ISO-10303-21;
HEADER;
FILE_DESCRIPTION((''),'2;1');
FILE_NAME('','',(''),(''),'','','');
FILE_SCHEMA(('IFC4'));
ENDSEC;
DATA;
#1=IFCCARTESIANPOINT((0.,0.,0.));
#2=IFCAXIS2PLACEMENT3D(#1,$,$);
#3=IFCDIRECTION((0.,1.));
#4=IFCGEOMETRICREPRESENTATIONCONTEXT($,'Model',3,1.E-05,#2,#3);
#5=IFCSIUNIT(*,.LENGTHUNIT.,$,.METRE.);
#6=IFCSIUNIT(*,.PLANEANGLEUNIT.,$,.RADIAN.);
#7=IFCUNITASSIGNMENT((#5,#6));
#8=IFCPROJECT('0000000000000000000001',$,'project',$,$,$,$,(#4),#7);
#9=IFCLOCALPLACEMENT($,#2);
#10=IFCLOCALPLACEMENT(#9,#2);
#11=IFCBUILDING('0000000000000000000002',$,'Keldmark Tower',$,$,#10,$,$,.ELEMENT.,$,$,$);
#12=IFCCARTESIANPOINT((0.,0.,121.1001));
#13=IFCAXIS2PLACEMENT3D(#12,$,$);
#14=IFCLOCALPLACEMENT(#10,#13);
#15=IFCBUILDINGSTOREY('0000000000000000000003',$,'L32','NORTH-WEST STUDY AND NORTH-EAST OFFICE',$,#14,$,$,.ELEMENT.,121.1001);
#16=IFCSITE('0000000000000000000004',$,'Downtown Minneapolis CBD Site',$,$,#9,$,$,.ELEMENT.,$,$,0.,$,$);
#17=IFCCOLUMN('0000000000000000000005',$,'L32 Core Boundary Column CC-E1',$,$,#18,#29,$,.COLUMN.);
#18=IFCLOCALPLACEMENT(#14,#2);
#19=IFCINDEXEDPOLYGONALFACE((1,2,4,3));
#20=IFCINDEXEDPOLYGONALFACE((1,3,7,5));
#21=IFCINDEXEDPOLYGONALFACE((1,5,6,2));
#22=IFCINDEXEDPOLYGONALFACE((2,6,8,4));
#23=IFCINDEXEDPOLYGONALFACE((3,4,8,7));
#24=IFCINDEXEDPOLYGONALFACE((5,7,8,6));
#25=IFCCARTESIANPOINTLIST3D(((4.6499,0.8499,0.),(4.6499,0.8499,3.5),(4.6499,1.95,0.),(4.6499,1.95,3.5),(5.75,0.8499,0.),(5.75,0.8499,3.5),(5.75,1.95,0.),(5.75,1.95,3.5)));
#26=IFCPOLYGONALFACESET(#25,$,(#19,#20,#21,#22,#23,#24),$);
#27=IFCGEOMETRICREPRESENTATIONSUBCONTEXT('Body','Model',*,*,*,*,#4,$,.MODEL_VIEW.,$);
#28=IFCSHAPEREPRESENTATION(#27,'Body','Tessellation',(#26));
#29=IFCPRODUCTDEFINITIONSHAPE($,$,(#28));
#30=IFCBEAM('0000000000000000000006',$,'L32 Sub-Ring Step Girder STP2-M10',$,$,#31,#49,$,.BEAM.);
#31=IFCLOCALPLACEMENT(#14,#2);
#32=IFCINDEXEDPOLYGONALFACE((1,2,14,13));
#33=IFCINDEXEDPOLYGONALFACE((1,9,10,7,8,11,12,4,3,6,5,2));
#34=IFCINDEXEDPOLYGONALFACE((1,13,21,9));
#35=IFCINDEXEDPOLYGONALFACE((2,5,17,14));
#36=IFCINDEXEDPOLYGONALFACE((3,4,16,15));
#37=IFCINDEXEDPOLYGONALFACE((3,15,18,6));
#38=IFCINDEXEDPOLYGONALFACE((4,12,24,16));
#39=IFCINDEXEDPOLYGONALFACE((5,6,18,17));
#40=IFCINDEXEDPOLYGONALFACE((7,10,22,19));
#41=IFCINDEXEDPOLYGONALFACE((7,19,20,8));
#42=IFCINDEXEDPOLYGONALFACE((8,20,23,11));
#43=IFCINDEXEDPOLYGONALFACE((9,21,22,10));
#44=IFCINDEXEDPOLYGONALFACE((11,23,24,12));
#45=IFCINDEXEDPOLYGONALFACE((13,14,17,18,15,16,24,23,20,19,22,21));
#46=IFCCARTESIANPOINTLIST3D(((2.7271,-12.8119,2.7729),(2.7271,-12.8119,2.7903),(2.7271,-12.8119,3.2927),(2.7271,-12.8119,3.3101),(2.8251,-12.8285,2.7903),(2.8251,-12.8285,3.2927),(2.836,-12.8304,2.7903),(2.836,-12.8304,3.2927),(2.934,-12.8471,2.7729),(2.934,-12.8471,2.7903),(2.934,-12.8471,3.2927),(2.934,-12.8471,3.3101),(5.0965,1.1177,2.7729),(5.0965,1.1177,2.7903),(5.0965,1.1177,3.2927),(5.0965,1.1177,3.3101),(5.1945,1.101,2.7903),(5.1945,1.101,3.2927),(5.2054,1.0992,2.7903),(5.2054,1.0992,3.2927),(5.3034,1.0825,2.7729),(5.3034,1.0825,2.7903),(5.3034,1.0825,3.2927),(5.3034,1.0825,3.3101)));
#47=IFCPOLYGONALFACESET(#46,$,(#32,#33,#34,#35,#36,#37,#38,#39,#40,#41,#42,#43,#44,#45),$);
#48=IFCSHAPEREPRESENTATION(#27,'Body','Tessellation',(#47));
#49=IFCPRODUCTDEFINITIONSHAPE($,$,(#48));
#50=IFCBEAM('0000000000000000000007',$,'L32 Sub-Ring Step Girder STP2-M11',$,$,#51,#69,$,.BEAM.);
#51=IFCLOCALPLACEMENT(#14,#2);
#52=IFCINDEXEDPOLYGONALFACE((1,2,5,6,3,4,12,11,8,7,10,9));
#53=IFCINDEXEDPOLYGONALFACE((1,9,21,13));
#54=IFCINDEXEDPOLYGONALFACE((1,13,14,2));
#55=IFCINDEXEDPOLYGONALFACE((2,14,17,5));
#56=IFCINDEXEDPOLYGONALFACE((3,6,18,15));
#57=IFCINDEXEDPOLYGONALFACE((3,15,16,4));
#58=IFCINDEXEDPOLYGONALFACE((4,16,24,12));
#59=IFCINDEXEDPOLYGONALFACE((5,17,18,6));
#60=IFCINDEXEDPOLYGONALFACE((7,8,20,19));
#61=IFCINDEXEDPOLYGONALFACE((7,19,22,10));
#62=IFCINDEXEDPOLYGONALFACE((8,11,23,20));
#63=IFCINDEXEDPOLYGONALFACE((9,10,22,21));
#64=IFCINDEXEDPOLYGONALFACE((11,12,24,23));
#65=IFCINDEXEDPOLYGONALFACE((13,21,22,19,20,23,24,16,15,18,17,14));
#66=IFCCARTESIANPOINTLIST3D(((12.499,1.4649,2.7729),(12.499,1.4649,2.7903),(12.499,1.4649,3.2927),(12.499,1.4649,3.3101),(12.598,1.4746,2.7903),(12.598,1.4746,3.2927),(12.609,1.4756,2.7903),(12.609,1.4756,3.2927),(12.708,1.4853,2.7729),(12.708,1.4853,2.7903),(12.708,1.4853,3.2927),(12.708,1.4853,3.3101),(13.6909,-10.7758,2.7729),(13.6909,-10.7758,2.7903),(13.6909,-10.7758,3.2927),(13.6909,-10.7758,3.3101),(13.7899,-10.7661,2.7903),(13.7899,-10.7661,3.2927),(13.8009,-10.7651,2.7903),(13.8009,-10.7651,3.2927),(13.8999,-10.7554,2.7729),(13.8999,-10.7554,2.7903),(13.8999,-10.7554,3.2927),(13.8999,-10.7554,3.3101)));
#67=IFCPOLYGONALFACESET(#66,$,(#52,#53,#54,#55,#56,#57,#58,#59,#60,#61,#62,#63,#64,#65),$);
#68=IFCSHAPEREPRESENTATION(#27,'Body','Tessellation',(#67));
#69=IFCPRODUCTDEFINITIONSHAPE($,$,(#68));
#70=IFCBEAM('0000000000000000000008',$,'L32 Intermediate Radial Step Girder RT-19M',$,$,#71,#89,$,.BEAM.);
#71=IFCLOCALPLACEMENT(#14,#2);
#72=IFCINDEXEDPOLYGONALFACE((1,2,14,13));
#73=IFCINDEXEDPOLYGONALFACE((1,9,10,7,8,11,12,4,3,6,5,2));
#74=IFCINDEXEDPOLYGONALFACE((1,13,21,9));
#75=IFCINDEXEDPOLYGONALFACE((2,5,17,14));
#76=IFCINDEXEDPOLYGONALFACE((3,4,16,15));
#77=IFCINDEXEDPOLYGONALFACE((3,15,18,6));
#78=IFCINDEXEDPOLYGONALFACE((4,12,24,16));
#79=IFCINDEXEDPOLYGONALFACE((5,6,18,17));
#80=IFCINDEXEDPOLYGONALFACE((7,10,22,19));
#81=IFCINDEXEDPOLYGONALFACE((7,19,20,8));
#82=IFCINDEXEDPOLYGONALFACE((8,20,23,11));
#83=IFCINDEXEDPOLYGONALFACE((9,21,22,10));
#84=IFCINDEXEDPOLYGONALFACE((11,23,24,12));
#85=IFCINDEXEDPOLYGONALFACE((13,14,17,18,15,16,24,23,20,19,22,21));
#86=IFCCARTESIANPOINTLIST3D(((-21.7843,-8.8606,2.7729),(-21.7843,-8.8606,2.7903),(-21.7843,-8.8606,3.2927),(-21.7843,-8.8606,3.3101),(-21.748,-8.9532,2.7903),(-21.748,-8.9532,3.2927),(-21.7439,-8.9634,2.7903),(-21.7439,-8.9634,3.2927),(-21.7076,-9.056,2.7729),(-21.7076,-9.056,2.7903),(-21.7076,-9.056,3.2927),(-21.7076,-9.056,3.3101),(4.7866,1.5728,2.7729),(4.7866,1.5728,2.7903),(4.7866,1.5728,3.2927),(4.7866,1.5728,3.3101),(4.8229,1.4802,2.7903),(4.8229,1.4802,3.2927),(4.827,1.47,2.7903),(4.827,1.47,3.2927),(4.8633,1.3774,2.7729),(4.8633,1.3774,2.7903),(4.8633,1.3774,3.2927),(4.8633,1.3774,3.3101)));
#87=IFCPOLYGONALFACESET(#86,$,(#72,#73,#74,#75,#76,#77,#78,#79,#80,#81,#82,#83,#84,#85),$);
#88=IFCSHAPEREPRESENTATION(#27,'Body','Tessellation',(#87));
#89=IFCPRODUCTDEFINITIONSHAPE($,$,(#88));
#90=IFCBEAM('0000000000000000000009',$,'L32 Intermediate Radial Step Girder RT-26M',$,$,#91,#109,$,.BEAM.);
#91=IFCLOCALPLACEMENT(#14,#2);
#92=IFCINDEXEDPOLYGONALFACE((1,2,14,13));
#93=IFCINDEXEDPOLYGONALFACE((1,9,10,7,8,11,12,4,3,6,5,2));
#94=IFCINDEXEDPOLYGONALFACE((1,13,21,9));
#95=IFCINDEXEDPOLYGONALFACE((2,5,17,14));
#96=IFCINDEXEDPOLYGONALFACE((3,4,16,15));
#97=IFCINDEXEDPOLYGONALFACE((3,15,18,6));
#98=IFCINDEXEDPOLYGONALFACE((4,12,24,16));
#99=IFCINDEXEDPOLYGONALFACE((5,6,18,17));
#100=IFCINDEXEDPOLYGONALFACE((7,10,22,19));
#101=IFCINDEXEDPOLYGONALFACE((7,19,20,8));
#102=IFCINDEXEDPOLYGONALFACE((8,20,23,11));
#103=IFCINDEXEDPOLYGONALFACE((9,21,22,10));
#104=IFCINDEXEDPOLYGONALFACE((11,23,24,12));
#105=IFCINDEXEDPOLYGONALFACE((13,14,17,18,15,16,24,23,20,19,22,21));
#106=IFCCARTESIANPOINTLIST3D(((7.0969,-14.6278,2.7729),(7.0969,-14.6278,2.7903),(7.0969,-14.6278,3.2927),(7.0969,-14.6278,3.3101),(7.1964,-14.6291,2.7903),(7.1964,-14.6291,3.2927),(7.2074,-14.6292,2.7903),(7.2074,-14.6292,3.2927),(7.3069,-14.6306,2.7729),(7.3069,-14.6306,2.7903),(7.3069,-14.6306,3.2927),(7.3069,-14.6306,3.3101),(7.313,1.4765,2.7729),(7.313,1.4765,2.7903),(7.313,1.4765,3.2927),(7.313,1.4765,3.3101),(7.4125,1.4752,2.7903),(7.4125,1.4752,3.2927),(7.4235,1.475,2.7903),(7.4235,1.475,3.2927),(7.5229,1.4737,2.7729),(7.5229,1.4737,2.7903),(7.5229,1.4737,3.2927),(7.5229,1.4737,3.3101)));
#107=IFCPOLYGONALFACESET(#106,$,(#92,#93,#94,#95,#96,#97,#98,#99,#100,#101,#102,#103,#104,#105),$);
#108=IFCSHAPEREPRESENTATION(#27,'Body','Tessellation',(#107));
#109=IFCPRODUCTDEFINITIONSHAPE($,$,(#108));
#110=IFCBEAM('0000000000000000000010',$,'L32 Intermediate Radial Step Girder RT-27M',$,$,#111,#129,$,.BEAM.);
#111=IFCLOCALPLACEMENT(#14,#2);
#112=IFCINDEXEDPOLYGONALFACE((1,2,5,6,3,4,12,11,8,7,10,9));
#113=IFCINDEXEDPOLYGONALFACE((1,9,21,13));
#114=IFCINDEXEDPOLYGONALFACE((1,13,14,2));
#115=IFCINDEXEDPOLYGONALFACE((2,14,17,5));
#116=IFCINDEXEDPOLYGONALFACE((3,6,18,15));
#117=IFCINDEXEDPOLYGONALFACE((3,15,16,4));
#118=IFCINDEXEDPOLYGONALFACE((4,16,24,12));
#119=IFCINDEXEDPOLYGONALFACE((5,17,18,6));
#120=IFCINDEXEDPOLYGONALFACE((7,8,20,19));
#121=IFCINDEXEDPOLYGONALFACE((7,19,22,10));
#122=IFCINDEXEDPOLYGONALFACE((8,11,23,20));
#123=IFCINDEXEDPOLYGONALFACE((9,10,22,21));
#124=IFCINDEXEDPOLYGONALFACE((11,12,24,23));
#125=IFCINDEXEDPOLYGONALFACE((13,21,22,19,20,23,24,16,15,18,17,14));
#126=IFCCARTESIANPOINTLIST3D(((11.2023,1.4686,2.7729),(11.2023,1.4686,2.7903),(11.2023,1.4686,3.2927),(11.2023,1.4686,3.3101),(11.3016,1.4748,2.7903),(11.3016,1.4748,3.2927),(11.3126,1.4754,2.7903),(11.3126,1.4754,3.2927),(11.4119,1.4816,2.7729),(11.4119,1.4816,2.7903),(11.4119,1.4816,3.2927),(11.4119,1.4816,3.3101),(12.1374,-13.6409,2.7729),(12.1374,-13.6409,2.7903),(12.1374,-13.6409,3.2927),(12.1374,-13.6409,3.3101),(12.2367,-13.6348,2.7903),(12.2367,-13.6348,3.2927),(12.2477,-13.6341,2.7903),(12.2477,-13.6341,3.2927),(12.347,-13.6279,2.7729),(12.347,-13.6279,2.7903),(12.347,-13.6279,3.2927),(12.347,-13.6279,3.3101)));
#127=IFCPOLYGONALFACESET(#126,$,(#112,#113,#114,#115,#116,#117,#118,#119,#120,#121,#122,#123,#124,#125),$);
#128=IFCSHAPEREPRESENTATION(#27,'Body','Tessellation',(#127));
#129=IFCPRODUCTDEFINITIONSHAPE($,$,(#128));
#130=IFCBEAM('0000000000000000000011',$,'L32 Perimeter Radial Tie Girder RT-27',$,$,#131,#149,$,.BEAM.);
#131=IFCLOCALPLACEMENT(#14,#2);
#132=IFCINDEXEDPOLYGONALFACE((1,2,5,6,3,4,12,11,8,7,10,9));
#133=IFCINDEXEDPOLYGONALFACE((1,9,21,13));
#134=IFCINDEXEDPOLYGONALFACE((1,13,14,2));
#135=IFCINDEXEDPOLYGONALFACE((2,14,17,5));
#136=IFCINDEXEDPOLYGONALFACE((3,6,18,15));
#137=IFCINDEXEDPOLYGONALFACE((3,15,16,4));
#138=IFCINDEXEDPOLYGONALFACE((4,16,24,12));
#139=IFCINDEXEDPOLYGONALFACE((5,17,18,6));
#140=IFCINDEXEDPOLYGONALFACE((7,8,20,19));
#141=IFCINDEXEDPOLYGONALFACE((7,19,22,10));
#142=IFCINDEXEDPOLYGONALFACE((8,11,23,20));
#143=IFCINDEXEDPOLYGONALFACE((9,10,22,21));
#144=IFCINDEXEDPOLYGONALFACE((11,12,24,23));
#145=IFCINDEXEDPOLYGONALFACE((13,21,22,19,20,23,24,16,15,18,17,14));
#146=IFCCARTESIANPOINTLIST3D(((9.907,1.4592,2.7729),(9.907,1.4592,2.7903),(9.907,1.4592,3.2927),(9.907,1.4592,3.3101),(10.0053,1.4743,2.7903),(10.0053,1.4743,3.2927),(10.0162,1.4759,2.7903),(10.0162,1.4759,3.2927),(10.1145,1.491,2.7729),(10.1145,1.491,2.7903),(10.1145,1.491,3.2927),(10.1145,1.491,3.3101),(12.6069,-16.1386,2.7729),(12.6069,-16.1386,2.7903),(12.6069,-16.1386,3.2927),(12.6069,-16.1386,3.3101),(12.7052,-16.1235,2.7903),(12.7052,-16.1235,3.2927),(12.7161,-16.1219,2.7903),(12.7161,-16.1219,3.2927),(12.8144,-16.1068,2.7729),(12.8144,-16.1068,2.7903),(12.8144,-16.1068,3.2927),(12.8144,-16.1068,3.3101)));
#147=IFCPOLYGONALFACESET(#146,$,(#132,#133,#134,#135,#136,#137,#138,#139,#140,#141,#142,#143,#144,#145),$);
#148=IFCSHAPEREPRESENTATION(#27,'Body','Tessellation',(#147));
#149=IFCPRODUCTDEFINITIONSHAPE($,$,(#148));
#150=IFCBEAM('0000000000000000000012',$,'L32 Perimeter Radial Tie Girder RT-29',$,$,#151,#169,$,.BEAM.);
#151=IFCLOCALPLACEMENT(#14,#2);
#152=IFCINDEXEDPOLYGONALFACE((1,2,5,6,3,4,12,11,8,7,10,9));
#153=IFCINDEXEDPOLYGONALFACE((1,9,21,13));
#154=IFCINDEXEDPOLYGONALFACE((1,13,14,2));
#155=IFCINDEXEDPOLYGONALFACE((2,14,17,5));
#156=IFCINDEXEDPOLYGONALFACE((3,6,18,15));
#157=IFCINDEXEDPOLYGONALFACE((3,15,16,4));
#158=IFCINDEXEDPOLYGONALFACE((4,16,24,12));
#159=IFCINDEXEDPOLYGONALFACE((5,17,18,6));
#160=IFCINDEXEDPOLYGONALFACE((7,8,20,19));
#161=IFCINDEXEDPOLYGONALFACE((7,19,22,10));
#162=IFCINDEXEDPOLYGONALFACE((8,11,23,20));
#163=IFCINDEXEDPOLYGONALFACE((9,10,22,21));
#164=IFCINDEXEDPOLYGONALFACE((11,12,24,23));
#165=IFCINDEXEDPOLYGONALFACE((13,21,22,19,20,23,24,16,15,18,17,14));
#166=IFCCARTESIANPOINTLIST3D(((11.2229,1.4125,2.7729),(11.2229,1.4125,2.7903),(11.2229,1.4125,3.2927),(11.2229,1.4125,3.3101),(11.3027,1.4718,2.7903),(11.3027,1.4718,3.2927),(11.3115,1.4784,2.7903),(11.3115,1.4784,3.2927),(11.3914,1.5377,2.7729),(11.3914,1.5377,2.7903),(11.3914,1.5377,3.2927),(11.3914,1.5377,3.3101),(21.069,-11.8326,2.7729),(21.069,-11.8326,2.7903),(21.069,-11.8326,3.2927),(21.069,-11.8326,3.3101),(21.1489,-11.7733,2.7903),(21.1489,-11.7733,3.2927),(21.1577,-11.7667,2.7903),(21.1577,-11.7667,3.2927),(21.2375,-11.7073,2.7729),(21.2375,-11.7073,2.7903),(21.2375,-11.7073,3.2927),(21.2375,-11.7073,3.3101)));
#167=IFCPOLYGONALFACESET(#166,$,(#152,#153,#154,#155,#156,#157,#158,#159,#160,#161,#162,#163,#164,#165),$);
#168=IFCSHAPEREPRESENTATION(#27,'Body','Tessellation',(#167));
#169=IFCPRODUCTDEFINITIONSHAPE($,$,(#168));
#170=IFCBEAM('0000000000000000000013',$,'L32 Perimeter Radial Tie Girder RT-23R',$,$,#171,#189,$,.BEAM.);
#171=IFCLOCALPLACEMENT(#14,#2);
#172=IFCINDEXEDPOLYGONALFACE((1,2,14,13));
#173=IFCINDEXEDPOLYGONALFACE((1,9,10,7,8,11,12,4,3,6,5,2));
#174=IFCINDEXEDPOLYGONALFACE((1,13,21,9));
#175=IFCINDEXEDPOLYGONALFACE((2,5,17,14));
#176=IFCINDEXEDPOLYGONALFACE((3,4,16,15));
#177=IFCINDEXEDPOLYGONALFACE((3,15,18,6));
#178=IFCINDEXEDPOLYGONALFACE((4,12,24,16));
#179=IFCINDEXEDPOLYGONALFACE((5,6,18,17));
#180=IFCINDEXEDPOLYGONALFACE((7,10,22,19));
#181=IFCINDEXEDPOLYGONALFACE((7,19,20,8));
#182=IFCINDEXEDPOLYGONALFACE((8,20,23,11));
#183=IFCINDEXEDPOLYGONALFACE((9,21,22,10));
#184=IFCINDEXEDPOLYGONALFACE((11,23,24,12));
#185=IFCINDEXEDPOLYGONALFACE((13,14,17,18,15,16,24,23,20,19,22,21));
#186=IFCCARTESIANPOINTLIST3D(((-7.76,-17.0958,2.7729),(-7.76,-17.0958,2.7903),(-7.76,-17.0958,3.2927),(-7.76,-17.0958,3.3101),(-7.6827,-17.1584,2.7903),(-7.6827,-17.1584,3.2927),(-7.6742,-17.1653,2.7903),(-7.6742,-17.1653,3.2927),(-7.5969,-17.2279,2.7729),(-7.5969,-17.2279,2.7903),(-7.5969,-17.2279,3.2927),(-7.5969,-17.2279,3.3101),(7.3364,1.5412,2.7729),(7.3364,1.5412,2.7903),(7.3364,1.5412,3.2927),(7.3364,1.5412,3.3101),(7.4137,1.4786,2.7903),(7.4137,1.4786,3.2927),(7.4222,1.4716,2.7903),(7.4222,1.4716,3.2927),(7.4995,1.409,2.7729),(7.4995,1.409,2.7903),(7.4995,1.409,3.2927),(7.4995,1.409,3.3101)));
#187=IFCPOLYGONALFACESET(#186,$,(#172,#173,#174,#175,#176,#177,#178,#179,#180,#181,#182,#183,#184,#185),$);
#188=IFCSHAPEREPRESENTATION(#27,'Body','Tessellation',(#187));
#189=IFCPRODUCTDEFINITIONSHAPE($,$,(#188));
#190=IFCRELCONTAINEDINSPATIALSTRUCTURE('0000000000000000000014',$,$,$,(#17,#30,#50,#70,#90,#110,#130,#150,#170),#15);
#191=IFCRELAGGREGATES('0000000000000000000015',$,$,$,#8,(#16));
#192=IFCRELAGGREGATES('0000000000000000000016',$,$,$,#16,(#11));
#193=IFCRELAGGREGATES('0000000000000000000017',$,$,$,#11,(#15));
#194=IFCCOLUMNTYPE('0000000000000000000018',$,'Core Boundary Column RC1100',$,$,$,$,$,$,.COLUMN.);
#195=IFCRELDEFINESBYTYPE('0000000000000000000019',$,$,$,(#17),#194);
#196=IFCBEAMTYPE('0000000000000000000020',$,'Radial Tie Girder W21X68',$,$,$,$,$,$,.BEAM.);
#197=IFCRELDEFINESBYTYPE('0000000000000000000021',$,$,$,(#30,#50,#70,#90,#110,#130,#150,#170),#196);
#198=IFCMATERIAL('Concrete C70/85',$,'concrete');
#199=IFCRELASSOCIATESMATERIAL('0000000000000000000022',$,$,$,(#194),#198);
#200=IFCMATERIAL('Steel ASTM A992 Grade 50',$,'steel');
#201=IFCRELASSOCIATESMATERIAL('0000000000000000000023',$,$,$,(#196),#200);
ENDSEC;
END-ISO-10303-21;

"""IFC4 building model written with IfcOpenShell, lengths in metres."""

from ifc_helpers import new_model, si_unit, direction, frame, origin, origin_2d, place, context, subcontext, project, spatial, rectangle, i_section, extrude, material, material_profile, profile_set, type_object, element, save


model = new_model("IFC4")

# Units and contexts
model_context = context("Model", 3, precision=1e-05, world=origin(), true_north=direction((0.0, 1.0)))
body_context = subcontext(model_context, "Body", "Model", "MODEL_VIEW")
ifc_project = project(units=[si_unit("LENGTHUNIT", "METRE"), si_unit("PLANEANGLEUNIT", "RADIAN")], contexts=[model_context])

# Site, building, storey
site_placement = place(None, origin())
site = spatial("IfcSite", under=ifc_project, at=site_placement, Name="Downtown Minneapolis CBD Site", CompositionType="ELEMENT", RefElevation=0.0)
building_placement = place(site_placement, origin())
building = spatial("IfcBuilding", under=site, at=building_placement, Name="Keldmark Tower", CompositionType="ELEMENT")
storey_placement = place(building_placement, frame((0.0, 0.0, 121.1001)))
storey = spatial("IfcBuildingStorey", under=building, at=storey_placement, Name="L32", Description="NORTH-WEST STUDY AND NORTH-EAST OFFICE", CompositionType="ELEMENT", Elevation=121.1001)

# Column
ifc_material_1 = material(Name="Concrete C70/85", Category="concrete")
ifc_material_profile_1 = material_profile(ifc_material_1, rectangle(XDim=1.1001, YDim=1.1001, at=origin_2d()), Name="RC1100X1100")
ifc_profile_set_1 = profile_set([ifc_material_profile_1], Name="Concrete C70/85")
column_type = type_object("IfcColumnType", Name="Core Boundary Column RC1100", PredefinedType="COLUMN", material=ifc_profile_set_1)
column_placement = place(storey_placement, frame((5.2, 1.3999, 0.0), z_axis=(0.0, 0.0, 1.0), x_axis=(1.0, 0.0, 0.0)))
element("IfcColumn", 1, at=column_placement, inside=storey, type_object=column_type, Name="L32 Core Boundary Column CC-E1", PredefinedType="COLUMN", context=body_context, shape_type="SweptSolid", body=[
    extrude(rectangle(XDim=1.1001, YDim=1.1001, at=origin_2d()), origin(), (0.0, 0.0, 1.0), 3.5),
])

# Beams
ifc_material_2 = material(Name="Steel ASTM A992 Grade 50", Category="steel")
ifc_material_profile_2 = material_profile(ifc_material_2, i_section(OverallWidth=0.21, OverallDepth=0.5371, WebThickness=0.011, FlangeThickness=0.0173, at=origin_2d()), Name="W21X68")
ifc_profile_set_2 = profile_set([ifc_material_profile_2], Name="Steel ASTM A992 Grade 50")
beam_type = type_object("IfcBeamType", Name="Radial Tie Girder W21X68", PredefinedType="BEAM", material=ifc_profile_set_2)
beam_1_placement = place(storey_placement, frame((5.2, 1.1001, 3.0415), z_axis=(-0.16769, -0.98584, 0.0), x_axis=(0.98584, -0.16769, 0.0)))
element("IfcBeam", 2, at=beam_1_placement, inside=storey, type_object=beam_type, Name="L32 Sub-Ring Step Girder STP2-M10", PredefinedType="BEAM", context=body_context, shape_type="SweptSolid", body=[
    extrude(i_section(OverallWidth=0.21, OverallDepth=0.5371, WebThickness=0.011, FlangeThickness=0.0173, at=origin_2d()), origin(), (0.0, 0.0, 1.0), 14.1296),
])
beam_2_placement = place(storey_placement, frame((12.6035, 1.4751, 3.0415), z_axis=(0.096913, -0.995293, 0.0), x_axis=(0.995293, 0.096913, 0.0)))
element("IfcBeam", 3, at=beam_2_placement, inside=storey, type_object=beam_type, Name="L32 Sub-Ring Step Girder STP2-M11", PredefinedType="BEAM", context=body_context, shape_type="SweptSolid", body=[
    extrude(i_section(OverallWidth=0.21, OverallDepth=0.5371, WebThickness=0.011, FlangeThickness=0.0173, at=origin_2d()), origin(), (0.0, 0.0, 1.0), 12.2986),
])
beam_3_placement = place(storey_placement, frame((4.825, 1.4751, 3.0415), z_axis=(-0.930813, -0.365495, 0.0), x_axis=(0.365495, -0.930813, 0.0)))
element("IfcBeam", 4, at=beam_3_placement, inside=storey, type_object=beam_type, Name="L32 Intermediate Radial Step Girder RT-19M", PredefinedType="BEAM", context=body_context, shape_type="SweptSolid", body=[
    extrude(i_section(OverallWidth=0.21, OverallDepth=0.5371, WebThickness=0.011, FlangeThickness=0.0173, at=origin_2d()), origin(), (0.0, 0.0, 1.0), 28.5459),
])
beam_4_placement = place(storey_placement, frame((7.418, 1.4751, 3.0415), z_axis=(-0.013415, -0.99991, 0.0), x_axis=(0.99991, -0.013415, 0.0)))
element("IfcBeam", 5, at=beam_4_placement, inside=storey, type_object=beam_type, Name="L32 Intermediate Radial Step Girder RT-26M", PredefinedType="BEAM", context=body_context, shape_type="SweptSolid", body=[
    extrude(i_section(OverallWidth=0.21, OverallDepth=0.5371, WebThickness=0.011, FlangeThickness=0.0173, at=origin_2d()), origin(), (0.0, 0.0, 1.0), 16.1057),
])
beam_5_placement = place(storey_placement, frame((11.3071, 1.4751, 3.0415), z_axis=(0.061767, -0.998091, 0.0), x_axis=(0.998091, 0.061767, 0.0)))
element("IfcBeam", 6, at=beam_5_placement, inside=storey, type_object=beam_type, Name="L32 Intermediate Radial Step Girder RT-27M", PredefinedType="BEAM", context=body_context, shape_type="SweptSolid", body=[
    extrude(i_section(OverallWidth=0.21, OverallDepth=0.5371, WebThickness=0.011, FlangeThickness=0.0173, at=origin_2d()), origin(), (0.0, 0.0, 1.0), 15.1384),
])
beam_6_placement = place(storey_placement, frame((10.0107, 1.4751, 3.0415), z_axis=(0.15165, -0.988434, 0.0), x_axis=(0.988434, 0.15165, 0.0)))
element("IfcBeam", 7, at=beam_6_placement, inside=storey, type_object=beam_type, Name="L32 Perimeter Radial Tie Girder RT-27", PredefinedType="BEAM", context=body_context, shape_type="SweptSolid", body=[
    extrude(i_section(OverallWidth=0.21, OverallDepth=0.5371, WebThickness=0.011, FlangeThickness=0.0173, at=origin_2d()), origin(), (0.0, 0.0, 1.0), 17.8037),
])
beam_7_placement = place(storey_placement, frame((11.3071, 1.4751, 3.0415), z_axis=(0.596596, -0.802542, 0.0), x_axis=(0.802542, 0.596596, 0.0)))
element("IfcBeam", 8, at=beam_7_placement, inside=storey, type_object=beam_type, Name="L32 Perimeter Radial Tie Girder RT-29", PredefinedType="BEAM", context=body_context, shape_type="SweptSolid", body=[
    extrude(i_section(OverallWidth=0.21, OverallDepth=0.5371, WebThickness=0.011, FlangeThickness=0.0173, at=origin_2d()), origin(), (0.0, 0.0, 1.0), 16.5039),
])
beam_8_placement = place(storey_placement, frame((7.418, 1.4751, 3.0415), z_axis=(-0.629434, -0.777054, 0.0), x_axis=(0.777054, -0.629434, 0.0)))
element("IfcBeam", 9, at=beam_8_placement, inside=storey, type_object=beam_type, Name="L32 Perimeter Radial Tie Girder RT-23R", PredefinedType="BEAM", context=body_context, shape_type="SweptSolid", body=[
    extrude(i_section(OverallWidth=0.21, OverallDepth=0.5371, WebThickness=0.011, FlangeThickness=0.0173, at=origin_2d()), origin(), (0.0, 0.0, 1.0), 23.9841),
])

save(model, "model.ifc")
